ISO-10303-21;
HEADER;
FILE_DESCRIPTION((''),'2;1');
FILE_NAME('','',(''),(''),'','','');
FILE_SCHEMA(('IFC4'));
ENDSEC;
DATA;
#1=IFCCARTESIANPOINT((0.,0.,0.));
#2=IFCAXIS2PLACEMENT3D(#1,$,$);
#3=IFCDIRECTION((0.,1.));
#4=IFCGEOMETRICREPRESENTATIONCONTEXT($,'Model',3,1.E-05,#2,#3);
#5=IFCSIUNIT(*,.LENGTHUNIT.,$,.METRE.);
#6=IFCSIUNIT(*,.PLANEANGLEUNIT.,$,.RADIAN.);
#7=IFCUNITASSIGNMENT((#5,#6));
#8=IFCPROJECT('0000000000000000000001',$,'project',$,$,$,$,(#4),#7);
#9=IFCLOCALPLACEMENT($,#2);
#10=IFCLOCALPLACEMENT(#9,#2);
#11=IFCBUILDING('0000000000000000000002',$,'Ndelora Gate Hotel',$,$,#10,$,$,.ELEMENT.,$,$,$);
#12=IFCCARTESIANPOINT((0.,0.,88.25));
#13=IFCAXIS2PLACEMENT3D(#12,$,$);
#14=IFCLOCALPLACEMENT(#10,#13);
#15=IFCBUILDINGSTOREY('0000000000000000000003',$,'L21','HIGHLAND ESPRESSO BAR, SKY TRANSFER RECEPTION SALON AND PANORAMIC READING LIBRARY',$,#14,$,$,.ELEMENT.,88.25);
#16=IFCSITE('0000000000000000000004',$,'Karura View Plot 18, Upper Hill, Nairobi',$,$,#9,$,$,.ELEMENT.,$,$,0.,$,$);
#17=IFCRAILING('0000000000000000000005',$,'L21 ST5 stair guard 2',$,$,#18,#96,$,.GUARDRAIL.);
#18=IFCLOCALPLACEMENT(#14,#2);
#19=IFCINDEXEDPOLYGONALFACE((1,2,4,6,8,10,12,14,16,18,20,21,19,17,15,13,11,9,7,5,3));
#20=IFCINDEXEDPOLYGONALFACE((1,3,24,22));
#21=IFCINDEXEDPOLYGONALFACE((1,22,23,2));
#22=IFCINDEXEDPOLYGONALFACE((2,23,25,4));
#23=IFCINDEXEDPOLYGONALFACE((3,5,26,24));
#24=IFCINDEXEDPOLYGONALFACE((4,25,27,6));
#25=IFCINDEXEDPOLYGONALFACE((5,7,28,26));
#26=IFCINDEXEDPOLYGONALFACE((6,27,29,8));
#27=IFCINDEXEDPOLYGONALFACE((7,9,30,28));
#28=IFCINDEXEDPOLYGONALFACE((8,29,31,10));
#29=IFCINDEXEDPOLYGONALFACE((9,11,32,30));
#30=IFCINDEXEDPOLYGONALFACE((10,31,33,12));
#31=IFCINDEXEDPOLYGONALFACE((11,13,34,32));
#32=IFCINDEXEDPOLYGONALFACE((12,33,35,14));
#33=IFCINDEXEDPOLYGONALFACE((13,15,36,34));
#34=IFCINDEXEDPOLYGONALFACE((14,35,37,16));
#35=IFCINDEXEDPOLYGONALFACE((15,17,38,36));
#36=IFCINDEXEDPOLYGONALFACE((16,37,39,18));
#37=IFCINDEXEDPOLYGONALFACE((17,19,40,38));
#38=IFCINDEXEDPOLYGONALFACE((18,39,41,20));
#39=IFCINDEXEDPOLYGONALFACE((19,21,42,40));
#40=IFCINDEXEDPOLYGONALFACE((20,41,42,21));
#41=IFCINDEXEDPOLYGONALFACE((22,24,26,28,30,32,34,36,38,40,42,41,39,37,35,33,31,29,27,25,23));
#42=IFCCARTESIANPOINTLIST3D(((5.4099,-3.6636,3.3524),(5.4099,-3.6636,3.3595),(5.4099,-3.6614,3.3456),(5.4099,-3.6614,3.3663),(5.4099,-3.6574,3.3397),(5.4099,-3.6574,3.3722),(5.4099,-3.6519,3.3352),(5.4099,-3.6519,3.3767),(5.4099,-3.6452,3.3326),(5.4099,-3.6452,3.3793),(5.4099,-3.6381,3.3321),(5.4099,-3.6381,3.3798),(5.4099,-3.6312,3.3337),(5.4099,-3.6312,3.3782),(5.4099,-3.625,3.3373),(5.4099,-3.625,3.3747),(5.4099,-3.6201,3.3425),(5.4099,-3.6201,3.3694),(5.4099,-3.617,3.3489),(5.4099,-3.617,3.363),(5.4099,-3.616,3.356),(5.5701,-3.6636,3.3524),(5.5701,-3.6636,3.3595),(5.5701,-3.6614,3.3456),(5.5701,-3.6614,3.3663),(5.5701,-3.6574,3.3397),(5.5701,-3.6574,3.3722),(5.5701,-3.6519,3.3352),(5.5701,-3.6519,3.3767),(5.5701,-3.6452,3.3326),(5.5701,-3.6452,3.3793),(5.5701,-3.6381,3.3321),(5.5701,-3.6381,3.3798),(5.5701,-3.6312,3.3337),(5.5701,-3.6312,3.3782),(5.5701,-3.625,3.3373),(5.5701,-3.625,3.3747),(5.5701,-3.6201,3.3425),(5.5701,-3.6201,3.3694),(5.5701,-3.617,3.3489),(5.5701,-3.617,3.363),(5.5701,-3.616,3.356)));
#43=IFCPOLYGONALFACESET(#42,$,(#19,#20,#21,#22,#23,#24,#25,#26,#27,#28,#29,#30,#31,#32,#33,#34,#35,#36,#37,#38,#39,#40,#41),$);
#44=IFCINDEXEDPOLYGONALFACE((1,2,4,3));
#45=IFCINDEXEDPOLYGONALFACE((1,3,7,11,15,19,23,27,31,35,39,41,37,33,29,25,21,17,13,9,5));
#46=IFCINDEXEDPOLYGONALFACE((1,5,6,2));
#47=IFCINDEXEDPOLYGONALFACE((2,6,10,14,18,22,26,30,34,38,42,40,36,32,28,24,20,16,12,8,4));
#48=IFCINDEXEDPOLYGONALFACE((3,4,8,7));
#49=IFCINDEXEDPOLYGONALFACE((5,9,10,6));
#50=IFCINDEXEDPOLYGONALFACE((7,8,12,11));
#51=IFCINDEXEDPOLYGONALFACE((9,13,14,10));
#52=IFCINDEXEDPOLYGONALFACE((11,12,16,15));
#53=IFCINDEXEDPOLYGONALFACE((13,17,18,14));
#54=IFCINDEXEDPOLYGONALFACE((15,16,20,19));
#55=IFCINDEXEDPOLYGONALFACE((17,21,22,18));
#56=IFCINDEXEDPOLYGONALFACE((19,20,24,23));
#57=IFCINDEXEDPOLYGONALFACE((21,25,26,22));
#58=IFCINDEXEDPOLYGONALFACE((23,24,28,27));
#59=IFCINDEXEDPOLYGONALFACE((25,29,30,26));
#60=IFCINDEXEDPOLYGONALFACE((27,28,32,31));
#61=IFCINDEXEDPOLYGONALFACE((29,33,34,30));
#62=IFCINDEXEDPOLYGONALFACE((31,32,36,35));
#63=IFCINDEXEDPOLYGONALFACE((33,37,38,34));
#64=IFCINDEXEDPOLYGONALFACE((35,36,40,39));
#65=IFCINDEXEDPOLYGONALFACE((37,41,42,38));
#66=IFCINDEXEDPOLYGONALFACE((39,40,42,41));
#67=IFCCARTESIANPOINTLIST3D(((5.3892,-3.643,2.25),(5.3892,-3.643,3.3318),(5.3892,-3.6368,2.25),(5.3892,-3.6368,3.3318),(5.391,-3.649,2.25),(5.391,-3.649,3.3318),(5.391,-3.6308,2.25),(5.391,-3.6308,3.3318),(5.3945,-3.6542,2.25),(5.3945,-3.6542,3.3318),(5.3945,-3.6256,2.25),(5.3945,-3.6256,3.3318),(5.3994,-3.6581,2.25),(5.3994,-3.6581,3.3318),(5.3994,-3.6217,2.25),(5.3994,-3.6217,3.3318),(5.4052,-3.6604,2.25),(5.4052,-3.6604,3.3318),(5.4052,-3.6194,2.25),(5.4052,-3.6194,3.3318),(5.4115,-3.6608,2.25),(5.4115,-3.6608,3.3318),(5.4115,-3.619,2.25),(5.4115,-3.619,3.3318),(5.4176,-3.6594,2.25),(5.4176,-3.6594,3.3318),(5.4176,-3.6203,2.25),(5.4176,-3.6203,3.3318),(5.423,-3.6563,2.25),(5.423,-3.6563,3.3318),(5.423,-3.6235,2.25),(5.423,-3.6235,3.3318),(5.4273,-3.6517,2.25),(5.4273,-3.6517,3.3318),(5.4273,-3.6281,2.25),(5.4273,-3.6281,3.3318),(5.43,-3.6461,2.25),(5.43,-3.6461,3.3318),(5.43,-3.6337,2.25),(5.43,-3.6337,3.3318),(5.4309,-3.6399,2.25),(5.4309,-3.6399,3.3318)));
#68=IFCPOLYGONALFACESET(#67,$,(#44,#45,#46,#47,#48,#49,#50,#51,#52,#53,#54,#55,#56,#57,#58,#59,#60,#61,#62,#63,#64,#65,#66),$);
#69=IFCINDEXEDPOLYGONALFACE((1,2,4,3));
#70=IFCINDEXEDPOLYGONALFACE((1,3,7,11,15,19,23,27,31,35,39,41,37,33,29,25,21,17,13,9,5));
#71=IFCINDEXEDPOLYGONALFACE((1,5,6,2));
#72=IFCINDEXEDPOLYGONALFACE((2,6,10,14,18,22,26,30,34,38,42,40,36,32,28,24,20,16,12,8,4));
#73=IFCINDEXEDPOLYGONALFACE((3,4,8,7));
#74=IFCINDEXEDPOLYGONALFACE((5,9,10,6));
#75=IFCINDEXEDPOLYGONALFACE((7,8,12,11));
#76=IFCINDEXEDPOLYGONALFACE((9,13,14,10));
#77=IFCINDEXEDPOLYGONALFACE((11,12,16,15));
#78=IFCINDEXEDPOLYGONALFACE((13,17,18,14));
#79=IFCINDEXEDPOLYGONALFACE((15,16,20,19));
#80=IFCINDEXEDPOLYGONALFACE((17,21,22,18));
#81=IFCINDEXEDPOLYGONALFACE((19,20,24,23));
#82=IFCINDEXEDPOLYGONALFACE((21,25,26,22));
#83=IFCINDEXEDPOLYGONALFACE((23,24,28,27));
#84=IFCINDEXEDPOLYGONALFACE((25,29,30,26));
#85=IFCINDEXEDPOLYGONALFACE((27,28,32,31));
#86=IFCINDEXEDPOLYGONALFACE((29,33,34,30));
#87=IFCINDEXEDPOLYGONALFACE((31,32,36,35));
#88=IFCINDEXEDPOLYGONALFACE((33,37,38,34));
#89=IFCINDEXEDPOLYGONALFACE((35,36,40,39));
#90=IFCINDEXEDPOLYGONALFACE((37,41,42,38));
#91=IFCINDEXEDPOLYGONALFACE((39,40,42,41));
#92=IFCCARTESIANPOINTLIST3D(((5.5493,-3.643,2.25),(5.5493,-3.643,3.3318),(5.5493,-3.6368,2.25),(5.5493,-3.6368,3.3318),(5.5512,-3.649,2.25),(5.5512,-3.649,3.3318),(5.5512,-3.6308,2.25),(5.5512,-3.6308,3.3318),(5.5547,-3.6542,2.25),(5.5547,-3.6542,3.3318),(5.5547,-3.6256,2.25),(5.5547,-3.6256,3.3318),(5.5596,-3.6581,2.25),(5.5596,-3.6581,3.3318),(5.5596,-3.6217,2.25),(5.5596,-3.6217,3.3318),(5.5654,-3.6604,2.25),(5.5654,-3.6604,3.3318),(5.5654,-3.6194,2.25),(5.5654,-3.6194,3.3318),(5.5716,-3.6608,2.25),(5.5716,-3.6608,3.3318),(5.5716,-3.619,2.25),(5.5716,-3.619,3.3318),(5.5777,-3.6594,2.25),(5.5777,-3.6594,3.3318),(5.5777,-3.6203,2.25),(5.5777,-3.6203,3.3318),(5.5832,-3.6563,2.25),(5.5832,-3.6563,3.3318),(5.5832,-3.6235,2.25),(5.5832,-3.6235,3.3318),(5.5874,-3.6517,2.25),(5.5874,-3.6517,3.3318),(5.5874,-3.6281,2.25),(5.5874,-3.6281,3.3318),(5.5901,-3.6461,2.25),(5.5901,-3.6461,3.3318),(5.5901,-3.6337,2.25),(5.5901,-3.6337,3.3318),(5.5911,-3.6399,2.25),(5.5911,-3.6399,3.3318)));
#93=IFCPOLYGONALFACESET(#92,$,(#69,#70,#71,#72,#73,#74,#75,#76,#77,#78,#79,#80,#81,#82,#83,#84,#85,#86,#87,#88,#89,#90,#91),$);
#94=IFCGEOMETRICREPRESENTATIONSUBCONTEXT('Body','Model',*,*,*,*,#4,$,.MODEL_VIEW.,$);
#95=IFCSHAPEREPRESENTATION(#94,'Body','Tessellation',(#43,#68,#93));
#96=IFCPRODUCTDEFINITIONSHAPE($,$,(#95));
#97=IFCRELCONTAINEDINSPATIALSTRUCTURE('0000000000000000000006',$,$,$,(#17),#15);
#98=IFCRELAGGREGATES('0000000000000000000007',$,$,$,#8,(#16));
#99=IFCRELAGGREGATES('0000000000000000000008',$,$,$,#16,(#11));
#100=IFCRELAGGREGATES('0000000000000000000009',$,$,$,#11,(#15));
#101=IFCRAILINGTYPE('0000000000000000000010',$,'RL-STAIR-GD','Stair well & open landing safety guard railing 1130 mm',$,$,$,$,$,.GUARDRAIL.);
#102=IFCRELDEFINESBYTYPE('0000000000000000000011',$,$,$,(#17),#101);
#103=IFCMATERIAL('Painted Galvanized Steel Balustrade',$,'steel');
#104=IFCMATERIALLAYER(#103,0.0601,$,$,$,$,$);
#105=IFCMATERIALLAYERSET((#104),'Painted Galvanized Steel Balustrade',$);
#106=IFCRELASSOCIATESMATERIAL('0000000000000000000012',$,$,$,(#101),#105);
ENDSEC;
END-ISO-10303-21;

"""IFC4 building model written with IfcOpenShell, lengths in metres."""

from ifc_helpers import new_model, si_unit, direction, frame, origin, origin_2d, place, context, subcontext, project, spatial, circle, extrude, material, layer, layer_set, type_object, element, save


model = new_model("IFC4")

# Units and contexts
model_context = context("Model", 3, precision=1e-05, world=origin(), true_north=direction((0.0, 1.0)))
body_context = subcontext(model_context, "Body", "Model", "MODEL_VIEW")
ifc_project = project(units=[si_unit("LENGTHUNIT", "METRE"), si_unit("PLANEANGLEUNIT", "RADIAN")], contexts=[model_context])

# Site, building, storey
site_placement = place(None, origin())
site = spatial("IfcSite", under=ifc_project, at=site_placement, Name="Karura View Plot 18, Upper Hill, Nairobi", CompositionType="ELEMENT", RefElevation=0.0)
building_placement = place(site_placement, origin())
building = spatial("IfcBuilding", under=site, at=building_placement, Name="Ndelora Gate Hotel", CompositionType="ELEMENT")
storey_placement = place(building_placement, frame((0.0, 0.0, 88.25)))
storey = spatial("IfcBuildingStorey", under=building, at=storey_placement, Name="L21", Description="HIGHLAND ESPRESSO BAR, SKY TRANSFER RECEPTION SALON AND PANORAMIC READING LIBRARY", CompositionType="ELEMENT", Elevation=88.25)

# Railing
ifc_material_1 = material(Name="Painted Galvanized Steel Balustrade", Category="steel")
ifc_layer_1 = layer(ifc_material_1, 0.0601)
ifc_layer_set_1 = layer_set([ifc_layer_1], Name="Painted Galvanized Steel Balustrade")
railing_type_1 = type_object("IfcRailingType", Name="RL-STAIR-GD", Description="Stair well & open landing safety guard railing 1130 mm", PredefinedType="GUARDRAIL", material=ifc_layer_set_1)
railing_1_placement = place(storey_placement, frame((5.4099, -3.6399, 2.25)))
element("IfcRailing", 1, at=railing_1_placement, inside=storey, type_object=railing_type_1, Name="L21 ST5 stair guard 2", PredefinedType="GUARDRAIL", context=body_context, shape_type="SweptSolid", body=[
    extrude(circle(Radius=0.0239, at=origin_2d()), frame((0.0, 0.0, 1.106), z_axis=(1.0, 0.0, 0.0), x_axis=(0.0, 1.0, 0.0)), (0.0, 0.0, 1.0), 0.1602),
    extrude(circle(Radius=0.021, at=origin_2d()), origin(), (0.0, 0.0, 1.0), 1.0818),
    extrude(circle(Radius=0.021, at=origin_2d()), frame((0.1602, 0.0, 0.0)), (0.0, 0.0, 1.0), 1.0818),
])

save(model, "model.ifc")
